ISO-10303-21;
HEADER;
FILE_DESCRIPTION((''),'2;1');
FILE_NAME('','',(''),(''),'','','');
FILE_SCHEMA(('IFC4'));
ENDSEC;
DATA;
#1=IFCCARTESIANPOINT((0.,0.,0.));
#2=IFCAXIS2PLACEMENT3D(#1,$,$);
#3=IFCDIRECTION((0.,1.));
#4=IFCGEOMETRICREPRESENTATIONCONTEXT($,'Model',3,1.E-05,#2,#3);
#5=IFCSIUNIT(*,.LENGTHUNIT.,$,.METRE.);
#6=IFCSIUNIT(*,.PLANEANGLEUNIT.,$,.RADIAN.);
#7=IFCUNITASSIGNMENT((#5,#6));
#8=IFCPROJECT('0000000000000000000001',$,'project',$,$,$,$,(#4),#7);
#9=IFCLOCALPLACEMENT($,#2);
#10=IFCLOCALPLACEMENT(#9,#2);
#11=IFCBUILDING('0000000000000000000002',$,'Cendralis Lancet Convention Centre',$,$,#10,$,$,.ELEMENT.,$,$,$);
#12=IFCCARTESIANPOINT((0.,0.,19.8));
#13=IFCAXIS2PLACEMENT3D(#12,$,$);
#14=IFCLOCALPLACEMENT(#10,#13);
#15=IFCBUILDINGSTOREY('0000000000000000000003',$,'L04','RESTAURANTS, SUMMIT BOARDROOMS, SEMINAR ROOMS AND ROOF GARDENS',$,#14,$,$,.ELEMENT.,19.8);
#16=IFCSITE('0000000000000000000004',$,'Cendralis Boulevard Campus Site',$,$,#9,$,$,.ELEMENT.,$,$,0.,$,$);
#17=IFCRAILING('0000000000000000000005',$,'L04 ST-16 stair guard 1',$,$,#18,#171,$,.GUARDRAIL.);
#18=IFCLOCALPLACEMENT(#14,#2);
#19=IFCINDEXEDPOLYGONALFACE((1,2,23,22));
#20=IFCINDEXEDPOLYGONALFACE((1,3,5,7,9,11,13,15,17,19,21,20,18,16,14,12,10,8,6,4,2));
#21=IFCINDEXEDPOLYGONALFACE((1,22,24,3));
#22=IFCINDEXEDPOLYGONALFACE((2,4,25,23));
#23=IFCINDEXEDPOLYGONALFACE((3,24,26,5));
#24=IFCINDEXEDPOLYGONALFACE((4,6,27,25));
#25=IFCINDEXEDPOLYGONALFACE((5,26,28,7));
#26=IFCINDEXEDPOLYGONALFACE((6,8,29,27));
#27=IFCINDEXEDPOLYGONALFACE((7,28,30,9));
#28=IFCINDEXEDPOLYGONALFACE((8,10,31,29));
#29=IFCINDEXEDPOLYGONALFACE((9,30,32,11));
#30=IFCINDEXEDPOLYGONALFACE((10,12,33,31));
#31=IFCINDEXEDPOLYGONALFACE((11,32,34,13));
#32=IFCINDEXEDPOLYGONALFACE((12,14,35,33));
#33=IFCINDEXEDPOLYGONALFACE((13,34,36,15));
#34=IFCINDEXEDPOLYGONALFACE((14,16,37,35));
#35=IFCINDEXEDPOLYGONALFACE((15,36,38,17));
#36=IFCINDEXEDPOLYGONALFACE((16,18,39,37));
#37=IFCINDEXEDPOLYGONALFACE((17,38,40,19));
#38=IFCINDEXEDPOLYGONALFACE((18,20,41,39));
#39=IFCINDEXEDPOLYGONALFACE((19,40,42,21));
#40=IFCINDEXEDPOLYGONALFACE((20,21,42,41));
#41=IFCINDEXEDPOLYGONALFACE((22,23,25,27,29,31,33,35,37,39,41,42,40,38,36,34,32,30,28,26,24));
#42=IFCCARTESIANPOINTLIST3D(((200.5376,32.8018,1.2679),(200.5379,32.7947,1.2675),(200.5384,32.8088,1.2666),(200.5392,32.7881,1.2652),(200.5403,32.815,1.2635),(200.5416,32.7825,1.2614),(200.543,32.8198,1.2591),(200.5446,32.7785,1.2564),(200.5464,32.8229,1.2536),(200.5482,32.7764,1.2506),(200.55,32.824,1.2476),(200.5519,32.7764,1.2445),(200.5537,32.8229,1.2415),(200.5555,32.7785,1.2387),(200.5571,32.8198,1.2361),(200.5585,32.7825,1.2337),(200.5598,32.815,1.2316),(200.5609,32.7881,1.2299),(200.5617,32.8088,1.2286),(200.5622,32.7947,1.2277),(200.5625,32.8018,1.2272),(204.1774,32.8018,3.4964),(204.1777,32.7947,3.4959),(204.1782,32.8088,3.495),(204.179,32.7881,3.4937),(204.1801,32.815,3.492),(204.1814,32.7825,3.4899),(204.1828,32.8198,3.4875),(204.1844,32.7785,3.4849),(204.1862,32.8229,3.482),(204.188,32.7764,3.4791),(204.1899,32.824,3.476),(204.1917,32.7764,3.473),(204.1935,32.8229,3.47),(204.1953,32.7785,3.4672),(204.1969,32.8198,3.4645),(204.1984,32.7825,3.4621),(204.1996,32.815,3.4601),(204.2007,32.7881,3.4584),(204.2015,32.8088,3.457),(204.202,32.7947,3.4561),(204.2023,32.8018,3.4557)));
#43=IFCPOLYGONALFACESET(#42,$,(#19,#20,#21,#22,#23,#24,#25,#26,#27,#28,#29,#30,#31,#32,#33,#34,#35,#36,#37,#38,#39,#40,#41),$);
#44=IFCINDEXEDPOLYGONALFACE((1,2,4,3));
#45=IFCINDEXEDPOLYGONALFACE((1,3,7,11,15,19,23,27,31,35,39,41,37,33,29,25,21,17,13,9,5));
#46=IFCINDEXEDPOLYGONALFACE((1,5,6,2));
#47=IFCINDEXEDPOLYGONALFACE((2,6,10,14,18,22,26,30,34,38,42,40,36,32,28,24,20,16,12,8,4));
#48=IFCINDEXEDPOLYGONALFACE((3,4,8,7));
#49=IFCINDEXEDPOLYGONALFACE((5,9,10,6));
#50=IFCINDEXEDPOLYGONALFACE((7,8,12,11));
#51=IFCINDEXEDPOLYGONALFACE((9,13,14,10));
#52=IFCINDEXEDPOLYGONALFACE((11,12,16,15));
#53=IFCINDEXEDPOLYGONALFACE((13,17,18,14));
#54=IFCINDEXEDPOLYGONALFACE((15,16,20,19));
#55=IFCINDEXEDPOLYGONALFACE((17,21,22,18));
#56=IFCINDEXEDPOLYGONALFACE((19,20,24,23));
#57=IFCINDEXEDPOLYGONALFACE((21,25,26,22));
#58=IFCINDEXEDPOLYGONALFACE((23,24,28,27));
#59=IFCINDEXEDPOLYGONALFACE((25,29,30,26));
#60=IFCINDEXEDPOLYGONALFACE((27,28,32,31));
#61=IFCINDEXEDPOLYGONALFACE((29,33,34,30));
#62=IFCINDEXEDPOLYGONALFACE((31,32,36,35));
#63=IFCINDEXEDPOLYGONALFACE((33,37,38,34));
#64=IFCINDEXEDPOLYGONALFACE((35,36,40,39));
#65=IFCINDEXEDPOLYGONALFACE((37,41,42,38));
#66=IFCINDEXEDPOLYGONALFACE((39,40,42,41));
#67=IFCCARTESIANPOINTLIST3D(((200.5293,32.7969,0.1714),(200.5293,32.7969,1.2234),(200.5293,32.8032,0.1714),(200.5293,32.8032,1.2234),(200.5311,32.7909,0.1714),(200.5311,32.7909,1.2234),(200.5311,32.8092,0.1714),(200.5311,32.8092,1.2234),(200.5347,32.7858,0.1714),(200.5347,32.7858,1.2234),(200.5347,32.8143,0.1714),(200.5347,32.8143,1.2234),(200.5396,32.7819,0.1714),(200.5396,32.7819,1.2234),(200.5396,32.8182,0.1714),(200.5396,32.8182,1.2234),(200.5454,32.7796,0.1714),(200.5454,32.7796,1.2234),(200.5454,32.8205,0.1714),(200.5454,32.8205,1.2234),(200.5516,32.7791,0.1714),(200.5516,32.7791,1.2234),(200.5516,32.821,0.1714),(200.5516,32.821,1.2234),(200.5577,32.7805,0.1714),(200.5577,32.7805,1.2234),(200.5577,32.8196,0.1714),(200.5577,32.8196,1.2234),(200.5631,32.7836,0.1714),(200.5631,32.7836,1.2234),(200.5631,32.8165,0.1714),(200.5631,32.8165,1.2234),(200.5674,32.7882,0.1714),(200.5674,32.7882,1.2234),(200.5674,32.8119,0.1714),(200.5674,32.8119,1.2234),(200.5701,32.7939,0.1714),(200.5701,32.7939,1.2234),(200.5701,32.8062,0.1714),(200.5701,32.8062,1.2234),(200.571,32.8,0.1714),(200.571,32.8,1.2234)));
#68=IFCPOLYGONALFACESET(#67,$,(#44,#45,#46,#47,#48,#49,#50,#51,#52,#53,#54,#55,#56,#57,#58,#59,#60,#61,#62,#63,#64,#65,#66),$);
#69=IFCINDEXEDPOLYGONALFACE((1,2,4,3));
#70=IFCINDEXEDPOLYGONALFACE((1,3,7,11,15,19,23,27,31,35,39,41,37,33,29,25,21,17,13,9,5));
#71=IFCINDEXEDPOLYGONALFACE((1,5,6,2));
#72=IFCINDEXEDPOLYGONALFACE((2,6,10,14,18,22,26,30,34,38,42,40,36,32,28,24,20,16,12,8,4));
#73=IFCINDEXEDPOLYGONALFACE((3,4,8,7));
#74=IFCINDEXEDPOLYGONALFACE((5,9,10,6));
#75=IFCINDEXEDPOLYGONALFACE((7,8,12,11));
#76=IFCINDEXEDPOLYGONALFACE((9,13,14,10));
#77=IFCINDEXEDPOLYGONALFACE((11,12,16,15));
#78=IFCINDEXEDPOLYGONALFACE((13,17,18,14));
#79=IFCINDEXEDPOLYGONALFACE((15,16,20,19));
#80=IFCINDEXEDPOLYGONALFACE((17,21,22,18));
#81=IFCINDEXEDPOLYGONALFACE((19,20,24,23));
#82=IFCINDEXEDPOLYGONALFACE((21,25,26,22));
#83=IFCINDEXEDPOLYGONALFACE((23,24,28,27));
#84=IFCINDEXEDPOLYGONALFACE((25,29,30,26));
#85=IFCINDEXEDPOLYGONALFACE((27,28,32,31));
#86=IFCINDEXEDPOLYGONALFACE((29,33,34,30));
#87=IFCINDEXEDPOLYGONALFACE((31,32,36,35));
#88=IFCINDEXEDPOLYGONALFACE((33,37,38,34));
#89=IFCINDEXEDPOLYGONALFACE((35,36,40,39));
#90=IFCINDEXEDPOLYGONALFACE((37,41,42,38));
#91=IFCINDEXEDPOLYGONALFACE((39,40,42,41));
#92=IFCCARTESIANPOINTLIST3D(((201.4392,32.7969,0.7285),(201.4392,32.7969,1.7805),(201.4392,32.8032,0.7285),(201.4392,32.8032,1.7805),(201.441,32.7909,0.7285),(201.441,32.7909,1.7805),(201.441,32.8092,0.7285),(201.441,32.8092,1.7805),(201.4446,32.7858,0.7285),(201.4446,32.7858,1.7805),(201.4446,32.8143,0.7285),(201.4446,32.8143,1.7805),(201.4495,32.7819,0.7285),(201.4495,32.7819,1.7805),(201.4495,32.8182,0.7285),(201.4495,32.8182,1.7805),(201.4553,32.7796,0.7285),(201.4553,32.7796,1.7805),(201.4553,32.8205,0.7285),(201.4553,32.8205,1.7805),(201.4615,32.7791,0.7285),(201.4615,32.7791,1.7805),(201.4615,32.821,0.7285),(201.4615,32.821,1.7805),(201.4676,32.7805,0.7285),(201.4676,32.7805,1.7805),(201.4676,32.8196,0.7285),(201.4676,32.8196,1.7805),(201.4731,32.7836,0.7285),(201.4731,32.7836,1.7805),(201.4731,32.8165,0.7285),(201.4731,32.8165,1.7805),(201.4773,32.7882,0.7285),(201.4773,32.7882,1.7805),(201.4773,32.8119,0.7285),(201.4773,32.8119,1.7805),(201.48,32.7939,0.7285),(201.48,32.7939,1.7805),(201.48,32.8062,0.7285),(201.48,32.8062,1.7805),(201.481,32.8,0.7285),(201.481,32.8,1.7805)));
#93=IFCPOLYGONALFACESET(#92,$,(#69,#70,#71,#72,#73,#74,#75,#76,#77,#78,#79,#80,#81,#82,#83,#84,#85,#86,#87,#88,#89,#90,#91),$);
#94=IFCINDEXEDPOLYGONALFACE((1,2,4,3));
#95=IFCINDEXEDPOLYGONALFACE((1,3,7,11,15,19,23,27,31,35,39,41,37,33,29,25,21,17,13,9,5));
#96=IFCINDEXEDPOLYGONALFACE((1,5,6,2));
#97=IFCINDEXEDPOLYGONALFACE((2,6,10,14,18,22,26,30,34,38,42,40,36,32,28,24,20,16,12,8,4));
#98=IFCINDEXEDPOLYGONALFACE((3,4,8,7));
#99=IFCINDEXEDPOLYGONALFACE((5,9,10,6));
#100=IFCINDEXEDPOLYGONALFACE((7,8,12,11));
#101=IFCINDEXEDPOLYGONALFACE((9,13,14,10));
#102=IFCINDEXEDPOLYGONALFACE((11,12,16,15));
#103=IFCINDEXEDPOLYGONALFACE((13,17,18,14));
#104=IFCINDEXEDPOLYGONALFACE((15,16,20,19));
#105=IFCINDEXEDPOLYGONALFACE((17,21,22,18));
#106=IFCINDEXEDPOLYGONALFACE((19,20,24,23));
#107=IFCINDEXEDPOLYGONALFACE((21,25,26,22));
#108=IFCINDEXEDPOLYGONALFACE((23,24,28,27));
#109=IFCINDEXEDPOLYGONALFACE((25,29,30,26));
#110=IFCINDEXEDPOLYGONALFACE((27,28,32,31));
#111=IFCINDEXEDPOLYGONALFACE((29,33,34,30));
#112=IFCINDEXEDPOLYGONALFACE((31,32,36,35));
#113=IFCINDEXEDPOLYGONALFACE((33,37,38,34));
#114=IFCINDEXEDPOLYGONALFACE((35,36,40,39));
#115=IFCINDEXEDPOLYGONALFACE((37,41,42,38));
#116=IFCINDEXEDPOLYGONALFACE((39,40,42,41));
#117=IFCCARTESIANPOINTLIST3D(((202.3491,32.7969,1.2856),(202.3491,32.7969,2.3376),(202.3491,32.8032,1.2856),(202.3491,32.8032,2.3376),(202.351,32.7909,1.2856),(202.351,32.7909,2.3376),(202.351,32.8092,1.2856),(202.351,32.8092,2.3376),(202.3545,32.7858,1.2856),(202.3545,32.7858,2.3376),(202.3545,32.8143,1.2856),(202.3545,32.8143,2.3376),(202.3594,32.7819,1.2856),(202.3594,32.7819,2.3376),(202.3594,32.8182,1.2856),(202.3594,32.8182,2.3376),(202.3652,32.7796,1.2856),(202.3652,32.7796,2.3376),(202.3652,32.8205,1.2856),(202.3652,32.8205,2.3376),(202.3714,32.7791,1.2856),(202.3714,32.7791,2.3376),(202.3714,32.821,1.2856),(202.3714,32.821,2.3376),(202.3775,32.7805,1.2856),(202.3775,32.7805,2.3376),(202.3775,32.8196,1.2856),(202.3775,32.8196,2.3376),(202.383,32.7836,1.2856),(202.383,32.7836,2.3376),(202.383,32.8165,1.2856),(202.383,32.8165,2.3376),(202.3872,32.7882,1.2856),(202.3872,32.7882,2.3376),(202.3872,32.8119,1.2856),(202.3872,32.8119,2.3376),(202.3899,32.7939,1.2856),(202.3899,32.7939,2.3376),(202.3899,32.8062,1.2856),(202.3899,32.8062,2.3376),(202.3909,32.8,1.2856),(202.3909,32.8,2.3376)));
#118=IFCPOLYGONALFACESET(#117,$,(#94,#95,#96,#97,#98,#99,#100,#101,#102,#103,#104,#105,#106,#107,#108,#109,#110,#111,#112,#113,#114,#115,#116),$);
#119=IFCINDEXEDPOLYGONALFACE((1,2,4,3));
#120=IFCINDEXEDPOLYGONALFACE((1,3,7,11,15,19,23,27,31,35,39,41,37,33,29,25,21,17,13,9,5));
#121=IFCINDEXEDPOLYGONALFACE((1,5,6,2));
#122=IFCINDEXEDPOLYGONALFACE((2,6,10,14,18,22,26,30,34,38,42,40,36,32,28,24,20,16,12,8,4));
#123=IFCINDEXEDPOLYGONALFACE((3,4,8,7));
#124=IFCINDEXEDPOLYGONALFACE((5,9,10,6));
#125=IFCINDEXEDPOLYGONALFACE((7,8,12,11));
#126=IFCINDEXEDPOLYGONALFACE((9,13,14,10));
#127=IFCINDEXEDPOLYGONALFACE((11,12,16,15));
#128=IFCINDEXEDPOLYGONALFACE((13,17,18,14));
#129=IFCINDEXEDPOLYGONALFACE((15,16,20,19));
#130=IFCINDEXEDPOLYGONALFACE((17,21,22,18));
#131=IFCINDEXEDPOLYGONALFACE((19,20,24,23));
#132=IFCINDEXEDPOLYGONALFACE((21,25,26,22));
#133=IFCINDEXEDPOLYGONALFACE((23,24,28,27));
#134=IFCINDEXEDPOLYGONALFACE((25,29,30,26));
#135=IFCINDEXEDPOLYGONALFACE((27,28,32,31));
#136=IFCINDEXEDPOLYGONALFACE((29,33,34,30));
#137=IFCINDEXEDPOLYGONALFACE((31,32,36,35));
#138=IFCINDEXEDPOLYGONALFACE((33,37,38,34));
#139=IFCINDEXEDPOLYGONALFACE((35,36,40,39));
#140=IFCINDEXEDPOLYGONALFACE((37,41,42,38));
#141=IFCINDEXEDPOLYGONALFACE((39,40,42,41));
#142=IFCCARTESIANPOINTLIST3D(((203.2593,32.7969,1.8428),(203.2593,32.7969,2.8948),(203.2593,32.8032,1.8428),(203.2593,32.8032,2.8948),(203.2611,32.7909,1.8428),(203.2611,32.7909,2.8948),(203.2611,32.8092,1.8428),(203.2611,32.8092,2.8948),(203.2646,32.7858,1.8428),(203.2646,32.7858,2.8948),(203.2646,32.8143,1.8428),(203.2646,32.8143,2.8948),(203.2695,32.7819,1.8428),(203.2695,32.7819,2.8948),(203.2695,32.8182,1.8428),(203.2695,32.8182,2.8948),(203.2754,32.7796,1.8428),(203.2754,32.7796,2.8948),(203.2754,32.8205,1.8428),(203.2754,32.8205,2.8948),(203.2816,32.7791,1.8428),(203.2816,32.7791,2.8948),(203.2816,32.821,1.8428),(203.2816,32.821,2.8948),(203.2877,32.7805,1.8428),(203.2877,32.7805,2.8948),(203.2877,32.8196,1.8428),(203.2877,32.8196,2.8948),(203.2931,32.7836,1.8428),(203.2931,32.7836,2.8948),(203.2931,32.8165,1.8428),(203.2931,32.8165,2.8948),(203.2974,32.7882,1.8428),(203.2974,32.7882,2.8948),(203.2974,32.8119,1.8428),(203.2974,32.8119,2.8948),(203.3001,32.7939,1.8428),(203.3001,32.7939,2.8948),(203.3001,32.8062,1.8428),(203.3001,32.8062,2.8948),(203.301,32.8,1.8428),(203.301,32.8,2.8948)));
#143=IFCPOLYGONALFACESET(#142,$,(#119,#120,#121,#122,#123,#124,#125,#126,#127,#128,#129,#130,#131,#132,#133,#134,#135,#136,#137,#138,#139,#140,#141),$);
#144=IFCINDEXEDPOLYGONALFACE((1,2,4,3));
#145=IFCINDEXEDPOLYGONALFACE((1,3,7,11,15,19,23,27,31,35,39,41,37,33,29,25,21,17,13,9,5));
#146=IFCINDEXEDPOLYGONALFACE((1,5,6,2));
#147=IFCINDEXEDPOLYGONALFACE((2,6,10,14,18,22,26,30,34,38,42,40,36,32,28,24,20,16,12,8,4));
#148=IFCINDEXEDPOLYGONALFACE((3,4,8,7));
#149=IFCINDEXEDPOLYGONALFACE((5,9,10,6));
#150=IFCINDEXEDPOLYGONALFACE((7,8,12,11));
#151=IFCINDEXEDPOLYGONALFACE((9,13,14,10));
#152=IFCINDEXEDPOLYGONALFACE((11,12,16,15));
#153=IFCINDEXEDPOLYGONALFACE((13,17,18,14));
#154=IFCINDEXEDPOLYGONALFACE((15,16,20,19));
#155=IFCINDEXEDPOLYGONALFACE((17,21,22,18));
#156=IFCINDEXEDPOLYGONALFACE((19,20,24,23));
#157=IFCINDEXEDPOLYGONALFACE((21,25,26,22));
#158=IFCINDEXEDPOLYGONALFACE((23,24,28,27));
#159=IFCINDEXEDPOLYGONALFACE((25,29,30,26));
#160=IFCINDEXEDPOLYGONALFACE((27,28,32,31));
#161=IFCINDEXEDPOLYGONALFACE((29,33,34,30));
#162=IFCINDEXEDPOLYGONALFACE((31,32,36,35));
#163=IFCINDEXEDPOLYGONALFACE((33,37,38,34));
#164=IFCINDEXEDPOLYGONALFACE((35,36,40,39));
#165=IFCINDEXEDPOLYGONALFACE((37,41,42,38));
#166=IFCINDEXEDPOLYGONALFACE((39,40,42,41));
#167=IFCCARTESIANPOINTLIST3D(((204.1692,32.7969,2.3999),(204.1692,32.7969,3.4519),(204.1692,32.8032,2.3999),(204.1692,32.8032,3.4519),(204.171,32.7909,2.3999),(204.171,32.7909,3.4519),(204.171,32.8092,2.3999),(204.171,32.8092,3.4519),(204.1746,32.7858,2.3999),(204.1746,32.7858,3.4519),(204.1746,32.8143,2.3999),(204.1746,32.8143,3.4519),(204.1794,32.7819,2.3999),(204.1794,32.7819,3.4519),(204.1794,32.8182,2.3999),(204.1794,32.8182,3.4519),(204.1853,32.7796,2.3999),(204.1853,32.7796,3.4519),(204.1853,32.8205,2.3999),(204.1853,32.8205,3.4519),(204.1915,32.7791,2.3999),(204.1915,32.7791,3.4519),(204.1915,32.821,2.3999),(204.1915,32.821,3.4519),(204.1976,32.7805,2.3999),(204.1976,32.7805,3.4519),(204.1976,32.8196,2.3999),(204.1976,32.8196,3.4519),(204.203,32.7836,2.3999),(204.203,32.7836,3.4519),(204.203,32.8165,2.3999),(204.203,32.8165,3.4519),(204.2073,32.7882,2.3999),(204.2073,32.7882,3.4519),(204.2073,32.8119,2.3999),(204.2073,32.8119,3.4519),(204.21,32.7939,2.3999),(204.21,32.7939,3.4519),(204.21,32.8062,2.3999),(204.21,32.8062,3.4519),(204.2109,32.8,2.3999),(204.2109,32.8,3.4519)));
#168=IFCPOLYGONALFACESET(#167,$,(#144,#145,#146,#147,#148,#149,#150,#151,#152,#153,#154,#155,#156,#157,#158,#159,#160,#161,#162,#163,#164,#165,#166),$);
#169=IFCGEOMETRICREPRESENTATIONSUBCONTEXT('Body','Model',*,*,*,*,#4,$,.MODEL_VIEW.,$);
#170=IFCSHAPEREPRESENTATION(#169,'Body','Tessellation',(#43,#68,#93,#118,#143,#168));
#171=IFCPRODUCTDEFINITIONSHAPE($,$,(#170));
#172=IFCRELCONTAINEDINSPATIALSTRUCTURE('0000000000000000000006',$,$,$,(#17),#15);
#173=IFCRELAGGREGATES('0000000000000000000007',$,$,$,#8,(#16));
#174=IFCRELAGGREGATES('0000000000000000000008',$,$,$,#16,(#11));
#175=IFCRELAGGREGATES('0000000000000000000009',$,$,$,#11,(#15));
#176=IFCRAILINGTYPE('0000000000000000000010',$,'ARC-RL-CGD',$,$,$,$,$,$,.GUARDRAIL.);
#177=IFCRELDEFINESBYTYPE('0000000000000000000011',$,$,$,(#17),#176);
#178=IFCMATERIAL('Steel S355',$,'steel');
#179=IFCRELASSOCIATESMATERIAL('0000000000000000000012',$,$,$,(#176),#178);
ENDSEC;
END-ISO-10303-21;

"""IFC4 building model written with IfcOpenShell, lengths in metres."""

from ifc_helpers import new_model, si_unit, direction, frame, origin, origin_2d, place, context, subcontext, project, spatial, circle, extrude, material, type_object, element, save


model = new_model("IFC4")

# Units and contexts
model_context = context("Model", 3, precision=1e-05, world=origin(), true_north=direction((0.0, 1.0)))
body_context = subcontext(model_context, "Body", "Model", "MODEL_VIEW")
ifc_project = project(units=[si_unit("LENGTHUNIT", "METRE"), si_unit("PLANEANGLEUNIT", "RADIAN")], contexts=[model_context])

# Site, building, storey
site_placement = place(None, origin())
site = spatial("IfcSite", under=ifc_project, at=site_placement, Name="Cendralis Boulevard Campus Site", CompositionType="ELEMENT", RefElevation=0.0)
building_placement = place(site_placement, origin())
building = spatial("IfcBuilding", under=site, at=building_placement, Name="Cendralis Lancet Convention Centre", CompositionType="ELEMENT")
storey_placement = place(building_placement, frame((0.0, 0.0, 19.8)))
storey = spatial("IfcBuildingStorey", under=building, at=storey_placement, Name="L04", Description="RESTAURANTS, SUMMIT BOARDROOMS, SEMINAR ROOMS AND ROOF GARDENS", CompositionType="ELEMENT", Elevation=19.8)

# Railing
ifc_material_1 = material(Name="Steel S355", Category="steel")
railing_type_1 = type_object("IfcRailingType", Name="ARC-RL-CGD", PredefinedType="GUARDRAIL", material=ifc_material_1)
railing_1_placement = place(storey_placement, frame((200.55, 32.8, 0.1714)))
element("IfcRailing", 1, at=railing_1_placement, inside=storey, type_object=railing_type_1, Name="L04 ST-16 stair guard 1", PredefinedType="GUARDRAIL", context=body_context, shape_type="SweptSolid", body=[
    extrude(circle(Radius=0.0239, at=origin_2d()), frame((0.0, 0.0, 1.0762), z_axis=(0.85285, 0.0, 0.522156), x_axis=(0.0, 1.0, 0.0)), (0.0, 0.0, 1.0), 4.2678),
    extrude(circle(Radius=0.021, at=origin_2d()), origin(), (0.0, 0.0, 1.0), 1.052),
    extrude(circle(Radius=0.021, at=origin_2d()), frame((0.9099, 0.0, 0.5571)), (0.0, 0.0, 1.0), 1.052),
    extrude(circle(Radius=0.021, at=origin_2d()), frame((1.8198, 0.0, 1.1143)), (0.0, 0.0, 1.0), 1.052),
    extrude(circle(Radius=0.021, at=origin_2d()), frame((2.73, 0.0, 1.6714)), (0.0, 0.0, 1.0), 1.052),
    extrude(circle(Radius=0.021, at=origin_2d()), frame((3.6399, 0.0, 2.2285)), (0.0, 0.0, 1.0), 1.052),
])

save(model, "model.ifc")
